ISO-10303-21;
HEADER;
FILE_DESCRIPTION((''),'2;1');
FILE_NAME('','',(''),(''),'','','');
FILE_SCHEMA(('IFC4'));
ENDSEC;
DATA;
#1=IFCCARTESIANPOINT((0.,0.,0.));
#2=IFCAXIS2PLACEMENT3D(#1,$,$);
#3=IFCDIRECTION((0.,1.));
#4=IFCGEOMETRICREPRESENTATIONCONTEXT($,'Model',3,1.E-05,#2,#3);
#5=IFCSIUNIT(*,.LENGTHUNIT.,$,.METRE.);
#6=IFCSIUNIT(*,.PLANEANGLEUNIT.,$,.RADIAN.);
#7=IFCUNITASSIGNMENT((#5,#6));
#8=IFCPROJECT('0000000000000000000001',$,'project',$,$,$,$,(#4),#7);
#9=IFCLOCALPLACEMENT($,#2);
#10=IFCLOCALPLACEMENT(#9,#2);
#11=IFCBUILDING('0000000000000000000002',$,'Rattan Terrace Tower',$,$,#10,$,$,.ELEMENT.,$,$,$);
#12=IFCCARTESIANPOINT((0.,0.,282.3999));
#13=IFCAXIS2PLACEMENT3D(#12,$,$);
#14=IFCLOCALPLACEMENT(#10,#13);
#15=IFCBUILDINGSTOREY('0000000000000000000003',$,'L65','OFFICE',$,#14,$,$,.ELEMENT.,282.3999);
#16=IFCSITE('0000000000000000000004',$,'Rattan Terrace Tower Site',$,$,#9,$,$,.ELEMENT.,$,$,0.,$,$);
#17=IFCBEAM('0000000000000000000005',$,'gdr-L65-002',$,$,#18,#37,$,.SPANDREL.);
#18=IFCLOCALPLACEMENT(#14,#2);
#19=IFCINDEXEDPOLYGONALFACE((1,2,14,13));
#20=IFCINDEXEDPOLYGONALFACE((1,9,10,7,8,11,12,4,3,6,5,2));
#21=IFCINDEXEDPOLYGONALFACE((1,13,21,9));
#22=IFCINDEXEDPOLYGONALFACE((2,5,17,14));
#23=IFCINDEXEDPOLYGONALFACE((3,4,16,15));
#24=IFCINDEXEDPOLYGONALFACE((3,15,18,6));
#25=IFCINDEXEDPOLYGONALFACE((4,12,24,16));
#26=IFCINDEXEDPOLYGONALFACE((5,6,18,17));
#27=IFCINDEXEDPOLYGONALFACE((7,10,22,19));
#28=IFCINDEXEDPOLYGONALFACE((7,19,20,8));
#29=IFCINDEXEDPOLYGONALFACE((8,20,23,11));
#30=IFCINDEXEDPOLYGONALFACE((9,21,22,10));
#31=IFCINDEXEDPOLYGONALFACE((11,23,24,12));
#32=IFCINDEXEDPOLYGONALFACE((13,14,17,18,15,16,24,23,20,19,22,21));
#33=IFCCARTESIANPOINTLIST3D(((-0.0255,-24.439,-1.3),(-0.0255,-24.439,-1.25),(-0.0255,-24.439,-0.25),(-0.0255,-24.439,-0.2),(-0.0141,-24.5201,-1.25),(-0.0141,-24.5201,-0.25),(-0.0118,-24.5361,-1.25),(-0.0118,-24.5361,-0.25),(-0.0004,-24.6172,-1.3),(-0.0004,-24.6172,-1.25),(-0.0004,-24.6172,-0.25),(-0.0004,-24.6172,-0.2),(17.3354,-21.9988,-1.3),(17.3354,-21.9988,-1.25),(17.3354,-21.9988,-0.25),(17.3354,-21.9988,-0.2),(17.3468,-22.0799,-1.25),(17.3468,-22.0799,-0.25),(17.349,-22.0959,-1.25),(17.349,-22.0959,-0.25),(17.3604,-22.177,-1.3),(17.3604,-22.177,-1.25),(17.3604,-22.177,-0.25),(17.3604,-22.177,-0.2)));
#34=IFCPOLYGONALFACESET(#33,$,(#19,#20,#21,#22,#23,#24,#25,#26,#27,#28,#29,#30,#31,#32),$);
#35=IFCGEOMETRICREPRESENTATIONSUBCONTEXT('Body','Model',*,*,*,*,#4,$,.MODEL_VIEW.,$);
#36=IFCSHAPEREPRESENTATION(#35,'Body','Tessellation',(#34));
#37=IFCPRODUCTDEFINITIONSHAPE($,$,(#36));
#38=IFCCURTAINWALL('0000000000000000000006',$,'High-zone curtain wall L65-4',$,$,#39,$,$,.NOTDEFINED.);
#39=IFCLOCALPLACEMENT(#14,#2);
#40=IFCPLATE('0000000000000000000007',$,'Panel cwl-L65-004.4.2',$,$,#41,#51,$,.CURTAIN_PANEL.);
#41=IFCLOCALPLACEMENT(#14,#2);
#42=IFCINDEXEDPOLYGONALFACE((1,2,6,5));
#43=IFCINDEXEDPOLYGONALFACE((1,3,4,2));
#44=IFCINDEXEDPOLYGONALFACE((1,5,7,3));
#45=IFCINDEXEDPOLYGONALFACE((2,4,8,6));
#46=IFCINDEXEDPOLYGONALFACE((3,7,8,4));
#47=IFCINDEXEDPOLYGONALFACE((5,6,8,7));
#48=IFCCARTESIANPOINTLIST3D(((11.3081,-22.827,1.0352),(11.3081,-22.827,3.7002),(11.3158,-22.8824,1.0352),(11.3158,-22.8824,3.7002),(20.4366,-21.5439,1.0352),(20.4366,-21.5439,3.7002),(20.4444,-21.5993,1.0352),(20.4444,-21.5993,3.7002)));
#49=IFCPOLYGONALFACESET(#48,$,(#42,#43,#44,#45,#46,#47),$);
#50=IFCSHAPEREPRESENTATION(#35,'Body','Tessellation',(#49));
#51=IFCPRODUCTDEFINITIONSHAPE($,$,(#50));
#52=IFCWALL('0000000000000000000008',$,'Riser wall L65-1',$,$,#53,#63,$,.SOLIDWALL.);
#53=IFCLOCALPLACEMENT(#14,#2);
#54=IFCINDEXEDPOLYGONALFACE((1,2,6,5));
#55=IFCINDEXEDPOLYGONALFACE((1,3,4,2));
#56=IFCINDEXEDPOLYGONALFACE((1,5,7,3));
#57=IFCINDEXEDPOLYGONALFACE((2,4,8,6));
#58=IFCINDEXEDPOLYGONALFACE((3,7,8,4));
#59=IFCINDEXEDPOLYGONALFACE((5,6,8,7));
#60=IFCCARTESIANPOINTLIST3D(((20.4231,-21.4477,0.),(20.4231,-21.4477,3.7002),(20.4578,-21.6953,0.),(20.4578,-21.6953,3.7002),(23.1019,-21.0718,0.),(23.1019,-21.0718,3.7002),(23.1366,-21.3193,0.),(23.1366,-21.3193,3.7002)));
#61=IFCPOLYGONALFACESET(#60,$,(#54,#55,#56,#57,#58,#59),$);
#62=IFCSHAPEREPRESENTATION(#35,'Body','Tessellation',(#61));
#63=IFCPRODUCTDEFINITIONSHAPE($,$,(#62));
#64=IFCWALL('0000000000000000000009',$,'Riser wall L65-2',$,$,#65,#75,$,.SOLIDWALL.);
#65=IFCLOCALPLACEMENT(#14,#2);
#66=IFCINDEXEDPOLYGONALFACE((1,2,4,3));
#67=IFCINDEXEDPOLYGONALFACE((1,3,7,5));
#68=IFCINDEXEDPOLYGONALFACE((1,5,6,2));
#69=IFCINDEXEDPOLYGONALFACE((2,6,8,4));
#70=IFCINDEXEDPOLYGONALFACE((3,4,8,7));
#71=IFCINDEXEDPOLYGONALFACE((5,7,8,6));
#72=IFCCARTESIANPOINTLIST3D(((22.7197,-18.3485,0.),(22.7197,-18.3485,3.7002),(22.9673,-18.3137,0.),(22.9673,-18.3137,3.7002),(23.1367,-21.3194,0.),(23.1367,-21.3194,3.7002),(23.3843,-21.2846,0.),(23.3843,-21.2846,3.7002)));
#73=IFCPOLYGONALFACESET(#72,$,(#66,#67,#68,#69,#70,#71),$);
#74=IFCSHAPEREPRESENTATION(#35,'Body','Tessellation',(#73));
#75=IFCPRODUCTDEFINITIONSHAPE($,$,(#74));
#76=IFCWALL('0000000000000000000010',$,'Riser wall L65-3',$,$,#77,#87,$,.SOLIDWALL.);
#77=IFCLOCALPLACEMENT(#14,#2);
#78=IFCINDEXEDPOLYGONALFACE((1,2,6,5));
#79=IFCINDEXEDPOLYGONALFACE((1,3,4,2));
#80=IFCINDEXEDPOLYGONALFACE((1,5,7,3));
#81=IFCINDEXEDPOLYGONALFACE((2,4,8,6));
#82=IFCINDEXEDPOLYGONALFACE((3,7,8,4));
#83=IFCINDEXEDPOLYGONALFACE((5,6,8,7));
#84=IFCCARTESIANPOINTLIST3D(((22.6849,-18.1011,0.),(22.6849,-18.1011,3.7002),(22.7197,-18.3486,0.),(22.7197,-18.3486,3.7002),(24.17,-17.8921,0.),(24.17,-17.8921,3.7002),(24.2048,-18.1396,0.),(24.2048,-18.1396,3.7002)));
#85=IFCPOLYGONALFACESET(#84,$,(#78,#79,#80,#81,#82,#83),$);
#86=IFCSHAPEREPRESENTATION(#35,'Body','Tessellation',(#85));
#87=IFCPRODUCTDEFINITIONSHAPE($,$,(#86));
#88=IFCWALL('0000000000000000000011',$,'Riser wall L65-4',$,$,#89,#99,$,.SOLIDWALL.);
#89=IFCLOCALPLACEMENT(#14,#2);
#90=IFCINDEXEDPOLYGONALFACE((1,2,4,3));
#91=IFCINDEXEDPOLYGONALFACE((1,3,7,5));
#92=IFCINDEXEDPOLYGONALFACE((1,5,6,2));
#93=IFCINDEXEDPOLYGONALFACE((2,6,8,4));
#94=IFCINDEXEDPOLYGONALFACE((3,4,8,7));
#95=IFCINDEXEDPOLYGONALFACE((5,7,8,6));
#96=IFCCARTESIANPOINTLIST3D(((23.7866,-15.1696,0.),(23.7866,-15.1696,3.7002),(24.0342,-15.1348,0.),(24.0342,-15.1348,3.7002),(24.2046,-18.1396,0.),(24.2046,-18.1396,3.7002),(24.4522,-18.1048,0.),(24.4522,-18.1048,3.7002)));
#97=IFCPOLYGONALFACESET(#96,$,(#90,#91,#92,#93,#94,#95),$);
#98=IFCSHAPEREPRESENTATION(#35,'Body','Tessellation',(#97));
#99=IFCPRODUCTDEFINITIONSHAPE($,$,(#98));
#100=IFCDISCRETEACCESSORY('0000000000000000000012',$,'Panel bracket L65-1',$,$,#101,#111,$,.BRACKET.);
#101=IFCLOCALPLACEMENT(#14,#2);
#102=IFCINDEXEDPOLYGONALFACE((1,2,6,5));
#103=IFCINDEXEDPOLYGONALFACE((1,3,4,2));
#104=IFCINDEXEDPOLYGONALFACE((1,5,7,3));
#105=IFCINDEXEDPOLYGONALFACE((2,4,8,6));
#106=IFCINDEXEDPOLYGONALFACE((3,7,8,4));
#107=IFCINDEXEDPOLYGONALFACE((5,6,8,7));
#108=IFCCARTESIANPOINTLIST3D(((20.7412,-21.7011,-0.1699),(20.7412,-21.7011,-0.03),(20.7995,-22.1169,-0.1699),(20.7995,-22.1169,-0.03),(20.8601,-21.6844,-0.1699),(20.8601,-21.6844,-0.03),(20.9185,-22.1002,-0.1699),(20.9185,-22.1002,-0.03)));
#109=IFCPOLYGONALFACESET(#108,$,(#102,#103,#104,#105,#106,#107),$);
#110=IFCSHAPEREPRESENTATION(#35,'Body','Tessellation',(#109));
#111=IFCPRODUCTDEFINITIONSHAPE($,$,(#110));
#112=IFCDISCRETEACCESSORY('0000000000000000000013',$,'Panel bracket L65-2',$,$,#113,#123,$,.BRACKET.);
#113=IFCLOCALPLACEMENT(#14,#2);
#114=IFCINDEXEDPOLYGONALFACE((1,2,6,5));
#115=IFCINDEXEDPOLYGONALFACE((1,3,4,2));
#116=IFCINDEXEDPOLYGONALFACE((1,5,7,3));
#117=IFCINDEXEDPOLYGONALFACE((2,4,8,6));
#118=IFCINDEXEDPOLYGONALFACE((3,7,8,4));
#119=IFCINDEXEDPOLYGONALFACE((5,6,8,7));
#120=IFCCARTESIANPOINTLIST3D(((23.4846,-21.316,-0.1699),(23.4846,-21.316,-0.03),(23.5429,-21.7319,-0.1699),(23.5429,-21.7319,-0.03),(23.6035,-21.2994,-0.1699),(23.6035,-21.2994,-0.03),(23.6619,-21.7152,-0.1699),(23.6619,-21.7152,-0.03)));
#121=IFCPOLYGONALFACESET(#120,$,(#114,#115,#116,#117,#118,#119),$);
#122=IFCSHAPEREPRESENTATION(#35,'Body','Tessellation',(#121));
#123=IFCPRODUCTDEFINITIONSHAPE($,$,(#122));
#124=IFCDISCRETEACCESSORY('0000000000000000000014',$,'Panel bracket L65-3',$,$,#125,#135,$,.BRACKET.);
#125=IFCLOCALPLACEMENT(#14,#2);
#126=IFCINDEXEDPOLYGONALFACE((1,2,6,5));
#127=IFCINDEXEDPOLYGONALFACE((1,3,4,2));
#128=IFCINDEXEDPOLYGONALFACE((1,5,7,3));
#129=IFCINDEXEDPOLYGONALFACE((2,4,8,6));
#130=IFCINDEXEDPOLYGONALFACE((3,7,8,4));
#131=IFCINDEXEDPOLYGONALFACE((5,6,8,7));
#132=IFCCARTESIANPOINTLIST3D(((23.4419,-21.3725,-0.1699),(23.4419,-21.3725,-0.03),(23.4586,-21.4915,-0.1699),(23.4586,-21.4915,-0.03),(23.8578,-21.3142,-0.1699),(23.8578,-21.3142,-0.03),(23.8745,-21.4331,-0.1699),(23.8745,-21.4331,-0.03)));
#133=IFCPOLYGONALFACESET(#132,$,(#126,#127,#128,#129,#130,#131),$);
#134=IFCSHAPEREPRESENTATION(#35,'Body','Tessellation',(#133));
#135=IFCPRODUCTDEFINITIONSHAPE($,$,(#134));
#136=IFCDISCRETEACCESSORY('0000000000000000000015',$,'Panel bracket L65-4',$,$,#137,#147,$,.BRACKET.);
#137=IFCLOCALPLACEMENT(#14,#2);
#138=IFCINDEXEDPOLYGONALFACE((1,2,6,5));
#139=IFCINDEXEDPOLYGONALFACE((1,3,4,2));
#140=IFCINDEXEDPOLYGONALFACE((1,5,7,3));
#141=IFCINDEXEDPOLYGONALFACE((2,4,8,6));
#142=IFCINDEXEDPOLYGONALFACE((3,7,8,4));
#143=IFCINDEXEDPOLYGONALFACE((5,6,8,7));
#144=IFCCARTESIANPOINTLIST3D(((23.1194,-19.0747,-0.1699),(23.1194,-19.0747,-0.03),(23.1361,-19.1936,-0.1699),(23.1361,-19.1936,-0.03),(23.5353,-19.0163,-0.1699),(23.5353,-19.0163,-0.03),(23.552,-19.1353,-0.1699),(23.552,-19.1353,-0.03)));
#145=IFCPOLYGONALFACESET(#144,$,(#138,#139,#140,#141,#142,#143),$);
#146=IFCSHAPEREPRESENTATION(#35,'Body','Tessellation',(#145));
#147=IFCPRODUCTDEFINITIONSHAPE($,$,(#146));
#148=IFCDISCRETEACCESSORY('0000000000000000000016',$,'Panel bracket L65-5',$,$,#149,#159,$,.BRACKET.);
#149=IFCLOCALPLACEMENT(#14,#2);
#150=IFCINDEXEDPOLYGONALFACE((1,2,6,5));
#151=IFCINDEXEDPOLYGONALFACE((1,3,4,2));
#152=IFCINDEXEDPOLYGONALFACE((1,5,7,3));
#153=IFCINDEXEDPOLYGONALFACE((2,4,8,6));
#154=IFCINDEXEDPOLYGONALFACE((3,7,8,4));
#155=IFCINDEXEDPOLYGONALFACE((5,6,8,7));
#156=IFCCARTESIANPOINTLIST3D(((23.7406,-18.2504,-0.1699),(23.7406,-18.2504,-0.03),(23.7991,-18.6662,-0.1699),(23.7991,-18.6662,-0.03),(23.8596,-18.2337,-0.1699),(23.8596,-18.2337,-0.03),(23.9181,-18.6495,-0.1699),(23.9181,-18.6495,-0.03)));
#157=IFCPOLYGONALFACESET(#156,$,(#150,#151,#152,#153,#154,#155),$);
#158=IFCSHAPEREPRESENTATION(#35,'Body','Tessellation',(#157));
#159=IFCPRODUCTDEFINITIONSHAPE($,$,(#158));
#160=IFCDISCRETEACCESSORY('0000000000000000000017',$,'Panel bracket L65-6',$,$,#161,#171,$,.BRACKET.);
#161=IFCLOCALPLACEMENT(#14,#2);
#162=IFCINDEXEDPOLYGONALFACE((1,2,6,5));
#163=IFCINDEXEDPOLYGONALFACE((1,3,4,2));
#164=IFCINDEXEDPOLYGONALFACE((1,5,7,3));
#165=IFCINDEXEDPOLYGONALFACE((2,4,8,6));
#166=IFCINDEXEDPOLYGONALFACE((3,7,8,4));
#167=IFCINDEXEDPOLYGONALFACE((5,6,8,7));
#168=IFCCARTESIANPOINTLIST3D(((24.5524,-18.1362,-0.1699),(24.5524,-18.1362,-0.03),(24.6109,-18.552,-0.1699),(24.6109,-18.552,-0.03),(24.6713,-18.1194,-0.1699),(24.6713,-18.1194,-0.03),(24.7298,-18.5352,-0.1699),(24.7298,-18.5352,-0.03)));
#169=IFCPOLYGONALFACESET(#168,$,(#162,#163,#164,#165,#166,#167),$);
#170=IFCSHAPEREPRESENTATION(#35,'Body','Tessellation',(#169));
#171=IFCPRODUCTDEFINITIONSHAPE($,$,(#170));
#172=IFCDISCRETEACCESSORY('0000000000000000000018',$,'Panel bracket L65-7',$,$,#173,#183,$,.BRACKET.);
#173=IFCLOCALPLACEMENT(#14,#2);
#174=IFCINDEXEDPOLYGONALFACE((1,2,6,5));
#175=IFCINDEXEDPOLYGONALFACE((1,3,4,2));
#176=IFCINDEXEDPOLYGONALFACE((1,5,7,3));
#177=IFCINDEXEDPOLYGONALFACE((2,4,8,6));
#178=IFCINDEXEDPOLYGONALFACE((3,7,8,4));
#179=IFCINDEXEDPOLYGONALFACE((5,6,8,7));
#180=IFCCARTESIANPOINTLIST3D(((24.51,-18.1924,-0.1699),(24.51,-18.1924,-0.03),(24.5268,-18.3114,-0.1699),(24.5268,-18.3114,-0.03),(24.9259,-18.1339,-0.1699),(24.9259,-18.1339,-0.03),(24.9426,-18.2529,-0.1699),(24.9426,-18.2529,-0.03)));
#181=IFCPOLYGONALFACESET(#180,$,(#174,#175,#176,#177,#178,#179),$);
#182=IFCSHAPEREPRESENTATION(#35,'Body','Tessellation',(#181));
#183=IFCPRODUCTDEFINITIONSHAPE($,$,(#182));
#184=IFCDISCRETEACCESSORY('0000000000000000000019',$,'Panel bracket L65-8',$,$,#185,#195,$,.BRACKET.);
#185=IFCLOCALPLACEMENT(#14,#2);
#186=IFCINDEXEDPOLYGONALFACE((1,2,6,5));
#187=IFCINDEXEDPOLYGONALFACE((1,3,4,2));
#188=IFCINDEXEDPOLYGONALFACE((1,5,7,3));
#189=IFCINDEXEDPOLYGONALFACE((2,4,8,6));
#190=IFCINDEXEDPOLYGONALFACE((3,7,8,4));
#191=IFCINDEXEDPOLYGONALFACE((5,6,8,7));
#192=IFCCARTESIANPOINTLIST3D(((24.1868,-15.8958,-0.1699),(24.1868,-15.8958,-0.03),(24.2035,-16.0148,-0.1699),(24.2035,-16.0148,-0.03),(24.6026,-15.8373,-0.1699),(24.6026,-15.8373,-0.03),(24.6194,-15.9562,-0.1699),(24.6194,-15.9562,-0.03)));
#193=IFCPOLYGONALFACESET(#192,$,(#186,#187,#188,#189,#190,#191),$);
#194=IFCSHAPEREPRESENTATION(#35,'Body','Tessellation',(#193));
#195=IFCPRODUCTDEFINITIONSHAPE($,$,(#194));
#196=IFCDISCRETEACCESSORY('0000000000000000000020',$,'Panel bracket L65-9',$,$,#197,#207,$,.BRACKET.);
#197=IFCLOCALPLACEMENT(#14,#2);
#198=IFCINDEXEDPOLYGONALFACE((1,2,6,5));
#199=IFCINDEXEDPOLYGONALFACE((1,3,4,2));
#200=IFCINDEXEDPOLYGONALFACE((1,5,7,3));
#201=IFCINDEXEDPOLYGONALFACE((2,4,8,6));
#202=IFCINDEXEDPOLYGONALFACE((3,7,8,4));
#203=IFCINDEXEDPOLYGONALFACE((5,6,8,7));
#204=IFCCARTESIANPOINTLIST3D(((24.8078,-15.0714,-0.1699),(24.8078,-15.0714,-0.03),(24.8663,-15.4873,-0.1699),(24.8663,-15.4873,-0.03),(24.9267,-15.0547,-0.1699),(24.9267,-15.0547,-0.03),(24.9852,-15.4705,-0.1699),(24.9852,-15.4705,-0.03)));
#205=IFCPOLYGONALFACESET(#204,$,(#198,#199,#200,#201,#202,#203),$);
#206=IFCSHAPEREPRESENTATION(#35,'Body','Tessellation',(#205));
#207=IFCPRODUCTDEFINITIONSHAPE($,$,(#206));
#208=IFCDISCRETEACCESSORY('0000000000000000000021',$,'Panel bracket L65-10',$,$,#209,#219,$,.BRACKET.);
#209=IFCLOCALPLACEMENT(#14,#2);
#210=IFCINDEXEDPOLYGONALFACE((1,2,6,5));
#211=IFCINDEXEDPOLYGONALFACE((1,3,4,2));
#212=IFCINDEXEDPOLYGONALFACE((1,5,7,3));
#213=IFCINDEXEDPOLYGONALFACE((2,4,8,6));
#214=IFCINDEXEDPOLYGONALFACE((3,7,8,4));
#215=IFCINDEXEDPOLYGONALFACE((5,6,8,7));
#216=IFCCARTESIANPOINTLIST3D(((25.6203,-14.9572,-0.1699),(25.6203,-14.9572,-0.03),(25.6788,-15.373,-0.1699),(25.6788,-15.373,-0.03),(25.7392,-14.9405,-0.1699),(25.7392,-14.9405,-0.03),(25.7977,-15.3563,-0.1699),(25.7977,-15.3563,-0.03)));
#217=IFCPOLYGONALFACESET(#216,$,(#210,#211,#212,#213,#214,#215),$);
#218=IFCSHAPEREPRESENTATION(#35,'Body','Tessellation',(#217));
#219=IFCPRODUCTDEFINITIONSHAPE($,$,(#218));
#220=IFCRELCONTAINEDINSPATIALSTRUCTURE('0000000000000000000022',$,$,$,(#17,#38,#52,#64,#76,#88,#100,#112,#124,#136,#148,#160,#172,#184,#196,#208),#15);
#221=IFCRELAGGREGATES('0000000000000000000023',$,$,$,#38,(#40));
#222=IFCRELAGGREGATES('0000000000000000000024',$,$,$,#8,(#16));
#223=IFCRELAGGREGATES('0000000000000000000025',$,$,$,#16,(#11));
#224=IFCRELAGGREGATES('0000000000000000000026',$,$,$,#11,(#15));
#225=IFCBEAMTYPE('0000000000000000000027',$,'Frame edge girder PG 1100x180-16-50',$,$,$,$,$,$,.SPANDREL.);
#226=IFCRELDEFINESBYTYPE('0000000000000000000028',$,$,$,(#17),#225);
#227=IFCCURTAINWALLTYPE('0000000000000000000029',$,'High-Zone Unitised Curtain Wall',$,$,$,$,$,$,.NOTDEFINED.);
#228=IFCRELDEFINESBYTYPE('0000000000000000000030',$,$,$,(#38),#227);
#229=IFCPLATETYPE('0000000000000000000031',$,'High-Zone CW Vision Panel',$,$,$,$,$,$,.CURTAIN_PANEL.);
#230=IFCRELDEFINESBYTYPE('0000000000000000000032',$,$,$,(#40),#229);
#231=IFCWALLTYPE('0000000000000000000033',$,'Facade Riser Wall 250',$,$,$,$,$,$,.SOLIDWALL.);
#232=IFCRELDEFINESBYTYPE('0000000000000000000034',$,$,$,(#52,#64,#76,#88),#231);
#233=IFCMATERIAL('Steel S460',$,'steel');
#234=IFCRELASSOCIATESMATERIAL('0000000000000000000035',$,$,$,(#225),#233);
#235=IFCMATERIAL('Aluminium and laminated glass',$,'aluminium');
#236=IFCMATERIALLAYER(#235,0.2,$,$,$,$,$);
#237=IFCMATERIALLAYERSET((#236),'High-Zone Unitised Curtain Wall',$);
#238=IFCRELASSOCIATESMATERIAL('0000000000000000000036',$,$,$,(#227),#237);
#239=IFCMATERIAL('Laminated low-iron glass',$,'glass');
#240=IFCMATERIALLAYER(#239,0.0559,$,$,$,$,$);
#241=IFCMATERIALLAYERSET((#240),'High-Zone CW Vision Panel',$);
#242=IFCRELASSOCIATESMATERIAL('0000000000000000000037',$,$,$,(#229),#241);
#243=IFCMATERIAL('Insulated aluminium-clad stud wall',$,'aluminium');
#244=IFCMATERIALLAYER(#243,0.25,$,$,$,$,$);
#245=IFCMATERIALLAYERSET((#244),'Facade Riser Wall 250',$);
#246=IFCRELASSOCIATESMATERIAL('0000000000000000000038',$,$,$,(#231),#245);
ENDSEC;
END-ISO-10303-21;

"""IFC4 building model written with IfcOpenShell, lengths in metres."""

from ifc_helpers import new_model, si_unit, direction, frame, frame_2d, origin, origin_2d, place, context, subcontext, project, spatial, rectangle, i_section, extrude, material, layer, layer_set, material_profile, profile_set, type_object, element, aggregate, save


model = new_model("IFC4")

# Units and contexts
model_context = context("Model", 3, precision=1e-05, world=origin(), true_north=direction((0.0, 1.0)))
body_context = subcontext(model_context, "Body", "Model", "MODEL_VIEW")
ifc_project = project(units=[si_unit("LENGTHUNIT", "METRE"), si_unit("PLANEANGLEUNIT", "RADIAN")], contexts=[model_context])

# Site, building, storey
site_placement = place(None, origin())
site = spatial("IfcSite", under=ifc_project, at=site_placement, Name="Rattan Terrace Tower Site", CompositionType="ELEMENT", RefElevation=0.0)
building_placement = place(site_placement, origin())
building = spatial("IfcBuilding", under=site, at=building_placement, Name="Rattan Terrace Tower", CompositionType="ELEMENT")
storey_placement = place(building_placement, frame((0.0, 0.0, 282.3999)))
storey = spatial("IfcBuildingStorey", under=building, at=storey_placement, Name="L65", Description="OFFICE", CompositionType="ELEMENT", Elevation=282.3999)

# Beam
ifc_material_1 = material(Name="Steel S460", Category="steel")
ifc_material_profile = material_profile(ifc_material_1, i_section(OverallWidth=0.1799, OverallDepth=1.1001, WebThickness=0.0161, FlangeThickness=0.05, at=origin_2d()), Name="PG 1100x180-16-50")
ifc_profile_set = profile_set([ifc_material_profile], Name="Steel S460")
beam_type = type_object("IfcBeamType", Name="Frame edge girder PG 1100x180-16-50", PredefinedType="SPANDREL", material=ifc_profile_set)
beam_placement = place(storey_placement, frame((17.3479, -22.0879, -0.75), z_axis=(-0.990266, -0.139189, 0.0), x_axis=(0.139189, -0.990266, 0.0)))
element("IfcBeam", 1, at=beam_placement, inside=storey, type_object=beam_type, Name="gdr-L65-002", PredefinedType="SPANDREL", context=body_context, shape_type="SweptSolid", body=[
    extrude(i_section(OverallWidth=0.1799, OverallDepth=1.1001, WebThickness=0.0161, FlangeThickness=0.05, at=origin_2d()), origin(), (0.0, 0.0, 1.0), 17.5315),
])

# Curtain wall, plate
ifc_material_2 = material(Name="Aluminium and laminated glass", Category="aluminium")
ifc_layer_1 = layer(ifc_material_2, 0.2)
ifc_layer_set_1 = layer_set([ifc_layer_1], Name="High-Zone Unitised Curtain Wall")
curtain_wall_type = type_object("IfcCurtainWallType", Name="High-Zone Unitised Curtain Wall", PredefinedType="NOTDEFINED", material=ifc_layer_set_1)
curtain_wall_placement = place(storey_placement, origin())
curtain_wall = element("IfcCurtainWall", 2, at=curtain_wall_placement, inside=storey, type_object=curtain_wall_type, Name="High-zone curtain wall L65-4", PredefinedType="NOTDEFINED")
ifc_material_3 = material(Name="Laminated low-iron glass", Category="glass")
ifc_layer_2 = layer(ifc_material_3, 0.0559)
ifc_layer_set_2 = layer_set([ifc_layer_2], Name="High-Zone CW Vision Panel")
plate_type = type_object("IfcPlateType", Name="High-Zone CW Vision Panel", PredefinedType="CURTAIN_PANEL", material=ifc_layer_set_2)
plate_placement = place(storey_placement, frame((15.8762, -22.2131, 1.0352), z_axis=(0.0, 0.0, 1.0), x_axis=(0.990266, 0.139189, 0.0)))
plate = element("IfcPlate", 3, at=plate_placement, type_object=plate_type, Name="Panel cwl-L65-004.4.2", PredefinedType="CURTAIN_PANEL", context=body_context, shape_type="SweptSolid", body=[
    extrude(rectangle(XDim=9.2183, YDim=0.0559, at=origin_2d()), origin(), (0.0, 0.0, 1.0), 2.665),
])
aggregate(curtain_wall, [plate])

# Walls
ifc_material_4 = material(Name="Insulated aluminium-clad stud wall", Category="aluminium")
ifc_layer_3 = layer(ifc_material_4, 0.25)
ifc_layer_set_3 = layer_set([ifc_layer_3], Name="Facade Riser Wall 250")
wall_type = type_object("IfcWallType", Name="Facade Riser Wall 250", PredefinedType="SOLIDWALL", material=ifc_layer_set_3)
wall_1_placement = place(storey_placement, frame((20.4404, -21.5715, 0.0), z_axis=(0.0, 0.0, 1.0), x_axis=(0.990293, 0.138995, 0.0)))
element("IfcWall", 4, at=wall_1_placement, inside=storey, type_object=wall_type, Name="Riser wall L65-1", PredefinedType="SOLIDWALL", context=body_context, shape_type="SweptSolid", body=[
    extrude(rectangle(XDim=2.7051, YDim=0.25, at=frame_2d((1.3525, 0.0))), origin(), (0.0, 0.0, 1.0), 3.7002),
])
wall_2_placement = place(storey_placement, frame((23.2605, -21.302, 0.0), z_axis=(0.0, 0.0, 1.0), x_axis=(-0.138994, 0.990293, 0.0)))
element("IfcWall", 5, at=wall_2_placement, inside=storey, type_object=wall_type, Name="Riser wall L65-2", PredefinedType="SOLIDWALL", context=body_context, shape_type="SweptSolid", body=[
    extrude(rectangle(XDim=3.0, YDim=0.25, at=frame_2d((1.5, 0.0))), origin(), (0.0, 0.0, 1.0), 3.7002),
])
wall_3_placement = place(storey_placement, frame((22.7021, -18.2249, 0.0), z_axis=(0.0, 0.0, 1.0), x_axis=(0.990244, 0.139347, 0.0)))
element("IfcWall", 6, at=wall_3_placement, inside=storey, type_object=wall_type, Name="Riser wall L65-3", PredefinedType="SOLIDWALL", context=body_context, shape_type="SweptSolid", body=[
    extrude(rectangle(XDim=1.4998, YDim=0.25, at=frame_2d((0.75, 0.0))), origin(), (0.0, 0.0, 1.0), 3.7002),
])
wall_4_placement = place(storey_placement, frame((24.3284, -18.1221, 0.0), z_axis=(0.0, 0.0, 1.0), x_axis=(-0.139358, 0.990242, 0.0)))
element("IfcWall", 7, at=wall_4_placement, inside=storey, type_object=wall_type, Name="Riser wall L65-4", PredefinedType="SOLIDWALL", context=body_context, shape_type="SweptSolid", body=[
    extrude(rectangle(XDim=2.9993, YDim=0.25, at=frame_2d((1.4995, 0.0))), origin(), (0.0, 0.0, 1.0), 3.7002),
])

# Discrete accessories
for number, where, z_axis, x_axis, name in (
    (8, (20.8298, -21.9006, -0.1699), (0.0, 0.0, 1.0), (0.990293, 0.138994, 0.0), "Panel bracket L65-1"),
    (9, (23.5732, -21.5156, -0.1699), (0.0, 0.0, 1.0), (0.990293, 0.138994, 0.0), "Panel bracket L65-2"),
    (10, (23.6582, -21.4028, -0.1699), (0.0, 0.0, 1.0), (-0.138994, 0.990293, 0.0), "Panel bracket L65-3"),
    (11, (23.3357, -19.105, -0.1699), (0.0, 0.0, 1.0), (-0.138994, 0.990293, 0.0), "Panel bracket L65-4"),
    (12, (23.8293, -18.45, -0.1699), (0.0, 0.0, 1.0), (0.990241, 0.139367, 0.0), "Panel bracket L65-5"),
    (13, (24.6411, -18.3357, -0.1699), (0.0, 0.0, 1.0), (0.990241, 0.139367, 0.0), "Panel bracket L65-6"),
    (14, (24.7263, -18.2227, -0.1699), (0.0, 0.0, 1.0), (-0.139367, 0.990241, 0.0), "Panel bracket L65-7"),
    (15, (24.4031, -15.926, -0.1699), (0.0, 0.0, 1.0), (-0.139367, 0.990241, 0.0), "Panel bracket L65-8"),
    (16, (24.8965, -15.271, -0.1699), (0.0, 0.0, 1.0), (0.990254, 0.139275, 0.0), "Panel bracket L65-9"),
    (17, (25.709, -15.1567, -0.1699), (0.0, 0.0, 1.0), (0.990254, 0.139275, 0.0), "Panel bracket L65-10"),
):
    element("IfcDiscreteAccessory", number, at=place(storey_placement, frame(where, z_axis=z_axis, x_axis=x_axis)), inside=storey, Name=name, PredefinedType="BRACKET", context=body_context, shape_type="SweptSolid", body=[
        extrude(rectangle(XDim=0.1201, YDim=0.4199, at=origin_2d()), origin(), (0.0, 0.0, 1.0), 0.1399),
    ])

save(model, "model.ifc")
